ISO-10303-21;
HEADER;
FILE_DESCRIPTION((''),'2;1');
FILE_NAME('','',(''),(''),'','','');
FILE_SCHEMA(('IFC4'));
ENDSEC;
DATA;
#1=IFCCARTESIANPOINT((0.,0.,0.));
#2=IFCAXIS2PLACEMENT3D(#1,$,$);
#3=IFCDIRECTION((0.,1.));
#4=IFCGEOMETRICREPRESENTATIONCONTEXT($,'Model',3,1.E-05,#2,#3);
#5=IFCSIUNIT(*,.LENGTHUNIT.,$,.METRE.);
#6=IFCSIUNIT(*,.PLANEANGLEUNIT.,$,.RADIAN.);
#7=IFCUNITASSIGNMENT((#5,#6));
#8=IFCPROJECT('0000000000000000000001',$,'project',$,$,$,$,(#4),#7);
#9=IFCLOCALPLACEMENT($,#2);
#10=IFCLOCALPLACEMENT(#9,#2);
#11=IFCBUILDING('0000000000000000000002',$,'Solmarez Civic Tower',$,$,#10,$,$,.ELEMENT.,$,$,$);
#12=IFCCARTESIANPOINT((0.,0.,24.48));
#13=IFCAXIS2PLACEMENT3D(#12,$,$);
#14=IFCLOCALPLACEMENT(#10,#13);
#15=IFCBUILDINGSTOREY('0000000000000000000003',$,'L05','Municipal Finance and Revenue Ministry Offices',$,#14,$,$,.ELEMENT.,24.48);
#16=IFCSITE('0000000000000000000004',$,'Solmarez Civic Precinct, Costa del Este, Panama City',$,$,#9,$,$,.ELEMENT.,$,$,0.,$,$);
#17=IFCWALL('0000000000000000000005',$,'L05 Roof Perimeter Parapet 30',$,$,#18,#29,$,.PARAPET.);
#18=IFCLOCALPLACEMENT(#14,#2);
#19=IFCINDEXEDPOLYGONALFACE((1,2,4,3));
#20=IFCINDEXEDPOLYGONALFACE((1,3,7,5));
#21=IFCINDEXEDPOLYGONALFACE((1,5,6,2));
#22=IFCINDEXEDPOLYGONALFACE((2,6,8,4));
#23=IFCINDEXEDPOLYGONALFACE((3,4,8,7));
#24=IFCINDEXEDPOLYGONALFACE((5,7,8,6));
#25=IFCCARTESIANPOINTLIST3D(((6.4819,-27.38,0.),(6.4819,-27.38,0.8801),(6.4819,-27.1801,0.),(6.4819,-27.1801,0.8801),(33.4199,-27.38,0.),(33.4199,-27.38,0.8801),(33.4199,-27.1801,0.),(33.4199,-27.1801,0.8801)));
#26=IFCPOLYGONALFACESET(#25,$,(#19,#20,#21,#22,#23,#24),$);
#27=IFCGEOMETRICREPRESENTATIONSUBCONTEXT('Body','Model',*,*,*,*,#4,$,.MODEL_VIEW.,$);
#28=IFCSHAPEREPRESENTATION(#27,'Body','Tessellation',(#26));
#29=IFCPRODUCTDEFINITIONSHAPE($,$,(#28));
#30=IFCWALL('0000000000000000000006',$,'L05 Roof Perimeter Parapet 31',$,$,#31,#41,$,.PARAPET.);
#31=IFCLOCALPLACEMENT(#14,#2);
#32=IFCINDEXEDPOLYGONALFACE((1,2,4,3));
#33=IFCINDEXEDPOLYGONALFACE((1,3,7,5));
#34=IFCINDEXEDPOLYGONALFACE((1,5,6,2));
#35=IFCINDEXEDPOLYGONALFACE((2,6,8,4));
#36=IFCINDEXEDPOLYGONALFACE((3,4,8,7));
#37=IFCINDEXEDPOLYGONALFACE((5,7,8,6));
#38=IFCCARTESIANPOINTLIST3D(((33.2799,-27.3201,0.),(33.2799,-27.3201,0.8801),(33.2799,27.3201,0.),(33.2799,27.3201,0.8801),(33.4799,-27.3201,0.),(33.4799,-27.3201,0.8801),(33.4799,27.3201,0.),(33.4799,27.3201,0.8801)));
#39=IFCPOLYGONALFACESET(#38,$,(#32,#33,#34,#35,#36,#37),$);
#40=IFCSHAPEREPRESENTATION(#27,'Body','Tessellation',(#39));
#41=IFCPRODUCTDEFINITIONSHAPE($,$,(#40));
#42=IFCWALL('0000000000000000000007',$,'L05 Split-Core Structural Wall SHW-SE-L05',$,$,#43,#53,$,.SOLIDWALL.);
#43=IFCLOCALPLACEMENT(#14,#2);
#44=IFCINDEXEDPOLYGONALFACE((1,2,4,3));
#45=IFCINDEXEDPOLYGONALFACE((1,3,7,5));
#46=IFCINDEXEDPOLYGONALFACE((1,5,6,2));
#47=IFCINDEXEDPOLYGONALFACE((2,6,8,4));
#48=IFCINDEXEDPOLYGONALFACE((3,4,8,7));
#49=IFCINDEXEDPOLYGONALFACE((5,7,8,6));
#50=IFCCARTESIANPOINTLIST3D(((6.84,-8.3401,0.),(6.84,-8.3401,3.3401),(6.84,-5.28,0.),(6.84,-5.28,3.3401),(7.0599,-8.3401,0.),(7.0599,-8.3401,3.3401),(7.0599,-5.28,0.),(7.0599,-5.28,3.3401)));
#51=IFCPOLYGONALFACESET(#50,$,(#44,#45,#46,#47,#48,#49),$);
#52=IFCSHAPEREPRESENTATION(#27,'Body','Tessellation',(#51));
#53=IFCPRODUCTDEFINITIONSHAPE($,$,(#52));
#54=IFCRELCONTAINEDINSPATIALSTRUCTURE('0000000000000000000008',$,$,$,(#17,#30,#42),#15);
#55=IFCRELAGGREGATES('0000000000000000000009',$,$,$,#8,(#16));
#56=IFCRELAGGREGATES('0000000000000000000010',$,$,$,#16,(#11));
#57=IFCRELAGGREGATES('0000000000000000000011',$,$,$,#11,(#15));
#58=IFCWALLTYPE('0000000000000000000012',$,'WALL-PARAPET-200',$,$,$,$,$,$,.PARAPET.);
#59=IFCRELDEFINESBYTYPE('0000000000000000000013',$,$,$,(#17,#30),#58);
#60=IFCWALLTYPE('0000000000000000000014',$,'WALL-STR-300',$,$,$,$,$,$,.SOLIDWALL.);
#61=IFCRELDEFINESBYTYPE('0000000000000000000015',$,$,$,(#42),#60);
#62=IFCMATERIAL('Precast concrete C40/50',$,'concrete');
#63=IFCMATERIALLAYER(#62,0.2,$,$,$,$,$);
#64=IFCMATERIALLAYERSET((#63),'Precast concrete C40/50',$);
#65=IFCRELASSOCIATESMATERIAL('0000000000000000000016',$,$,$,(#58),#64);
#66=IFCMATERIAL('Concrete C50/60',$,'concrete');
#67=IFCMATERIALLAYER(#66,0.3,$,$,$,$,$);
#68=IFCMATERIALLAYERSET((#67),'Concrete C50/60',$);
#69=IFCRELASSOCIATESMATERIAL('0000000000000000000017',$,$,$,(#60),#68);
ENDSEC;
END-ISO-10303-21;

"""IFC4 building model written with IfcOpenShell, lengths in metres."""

from ifc_helpers import new_model, si_unit, direction, frame, frame_2d, origin, place, context, subcontext, project, spatial, rectangle, extrude, material, layer, layer_set, type_object, element, save


model = new_model("IFC4")

# Units and contexts
model_context = context("Model", 3, precision=1e-05, world=origin(), true_north=direction((0.0, 1.0)))
body_context = subcontext(model_context, "Body", "Model", "MODEL_VIEW")
ifc_project = project(units=[si_unit("LENGTHUNIT", "METRE"), si_unit("PLANEANGLEUNIT", "RADIAN")], contexts=[model_context])

# Site, building, storey
site_placement = place(None, origin())
site = spatial("IfcSite", under=ifc_project, at=site_placement, Name="Solmarez Civic Precinct, Costa del Este, Panama City", CompositionType="ELEMENT", RefElevation=0.0)
building_placement = place(site_placement, origin())
building = spatial("IfcBuilding", under=site, at=building_placement, Name="Solmarez Civic Tower", CompositionType="ELEMENT")
storey_placement = place(building_placement, frame((0.0, 0.0, 24.48)))
storey = spatial("IfcBuildingStorey", under=building, at=storey_placement, Name="L05", Description="Municipal Finance and Revenue Ministry Offices", CompositionType="ELEMENT", Elevation=24.48)

# Shared definitions
ifc_material_1 = material(Name="Precast concrete C40/50", Category="concrete")

# Walls
ifc_layer_1 = layer(ifc_material_1, 0.2)
ifc_layer_set_1 = layer_set([ifc_layer_1], Name="Precast concrete C40/50")
wall_type_1 = type_object("IfcWallType", Name="WALL-PARAPET-200", PredefinedType="PARAPET", material=ifc_layer_set_1)
wall_1_placement = place(storey_placement, frame((6.4819, -27.28, 0.0), z_axis=(0.0, 0.0, 1.0), x_axis=(1.0, 0.0, 0.0)))
element("IfcWall", 1, at=wall_1_placement, inside=storey, type_object=wall_type_1, Name="L05 Roof Perimeter Parapet 30", PredefinedType="PARAPET", context=body_context, shape_type="SweptSolid", body=[
    extrude(rectangle(XDim=26.938, YDim=0.2, at=frame_2d((13.469, 0.0))), origin(), (0.0, 0.0, 1.0), 0.8801),
])
wall_2_placement = place(storey_placement, frame((33.3799, -27.3201, 0.0), z_axis=(0.0, 0.0, 1.0), x_axis=(0.0, 1.0, 0.0)))
element("IfcWall", 2, at=wall_2_placement, inside=storey, type_object=wall_type_1, Name="L05 Roof Perimeter Parapet 31", PredefinedType="PARAPET", context=body_context, shape_type="SweptSolid", body=[
    extrude(rectangle(XDim=54.6401, YDim=0.2, at=frame_2d((27.3201, 0.0))), origin(), (0.0, 0.0, 1.0), 0.8801),
])
ifc_material_2 = material(Name="Concrete C50/60", Category="concrete")
ifc_layer_2 = layer(ifc_material_2, 0.3)
ifc_layer_set_2 = layer_set([ifc_layer_2], Name="Concrete C50/60")
wall_type_2 = type_object("IfcWallType", Name="WALL-STR-300", PredefinedType="SOLIDWALL", material=ifc_layer_set_2)
wall_3_placement = place(storey_placement, frame((6.95, -8.3401, 0.0), z_axis=(0.0, 0.0, 1.0), x_axis=(0.0, 1.0, 0.0)))
element("IfcWall", 3, at=wall_3_placement, inside=storey, type_object=wall_type_2, Name="L05 Split-Core Structural Wall SHW-SE-L05", PredefinedType="SOLIDWALL", context=body_context, shape_type="SweptSolid", body=[
    extrude(rectangle(XDim=3.0601, YDim=0.22, at=frame_2d((1.53, 0.0))), origin(), (0.0, 0.0, 1.0), 3.3401),
])

save(model, "model.ifc")
